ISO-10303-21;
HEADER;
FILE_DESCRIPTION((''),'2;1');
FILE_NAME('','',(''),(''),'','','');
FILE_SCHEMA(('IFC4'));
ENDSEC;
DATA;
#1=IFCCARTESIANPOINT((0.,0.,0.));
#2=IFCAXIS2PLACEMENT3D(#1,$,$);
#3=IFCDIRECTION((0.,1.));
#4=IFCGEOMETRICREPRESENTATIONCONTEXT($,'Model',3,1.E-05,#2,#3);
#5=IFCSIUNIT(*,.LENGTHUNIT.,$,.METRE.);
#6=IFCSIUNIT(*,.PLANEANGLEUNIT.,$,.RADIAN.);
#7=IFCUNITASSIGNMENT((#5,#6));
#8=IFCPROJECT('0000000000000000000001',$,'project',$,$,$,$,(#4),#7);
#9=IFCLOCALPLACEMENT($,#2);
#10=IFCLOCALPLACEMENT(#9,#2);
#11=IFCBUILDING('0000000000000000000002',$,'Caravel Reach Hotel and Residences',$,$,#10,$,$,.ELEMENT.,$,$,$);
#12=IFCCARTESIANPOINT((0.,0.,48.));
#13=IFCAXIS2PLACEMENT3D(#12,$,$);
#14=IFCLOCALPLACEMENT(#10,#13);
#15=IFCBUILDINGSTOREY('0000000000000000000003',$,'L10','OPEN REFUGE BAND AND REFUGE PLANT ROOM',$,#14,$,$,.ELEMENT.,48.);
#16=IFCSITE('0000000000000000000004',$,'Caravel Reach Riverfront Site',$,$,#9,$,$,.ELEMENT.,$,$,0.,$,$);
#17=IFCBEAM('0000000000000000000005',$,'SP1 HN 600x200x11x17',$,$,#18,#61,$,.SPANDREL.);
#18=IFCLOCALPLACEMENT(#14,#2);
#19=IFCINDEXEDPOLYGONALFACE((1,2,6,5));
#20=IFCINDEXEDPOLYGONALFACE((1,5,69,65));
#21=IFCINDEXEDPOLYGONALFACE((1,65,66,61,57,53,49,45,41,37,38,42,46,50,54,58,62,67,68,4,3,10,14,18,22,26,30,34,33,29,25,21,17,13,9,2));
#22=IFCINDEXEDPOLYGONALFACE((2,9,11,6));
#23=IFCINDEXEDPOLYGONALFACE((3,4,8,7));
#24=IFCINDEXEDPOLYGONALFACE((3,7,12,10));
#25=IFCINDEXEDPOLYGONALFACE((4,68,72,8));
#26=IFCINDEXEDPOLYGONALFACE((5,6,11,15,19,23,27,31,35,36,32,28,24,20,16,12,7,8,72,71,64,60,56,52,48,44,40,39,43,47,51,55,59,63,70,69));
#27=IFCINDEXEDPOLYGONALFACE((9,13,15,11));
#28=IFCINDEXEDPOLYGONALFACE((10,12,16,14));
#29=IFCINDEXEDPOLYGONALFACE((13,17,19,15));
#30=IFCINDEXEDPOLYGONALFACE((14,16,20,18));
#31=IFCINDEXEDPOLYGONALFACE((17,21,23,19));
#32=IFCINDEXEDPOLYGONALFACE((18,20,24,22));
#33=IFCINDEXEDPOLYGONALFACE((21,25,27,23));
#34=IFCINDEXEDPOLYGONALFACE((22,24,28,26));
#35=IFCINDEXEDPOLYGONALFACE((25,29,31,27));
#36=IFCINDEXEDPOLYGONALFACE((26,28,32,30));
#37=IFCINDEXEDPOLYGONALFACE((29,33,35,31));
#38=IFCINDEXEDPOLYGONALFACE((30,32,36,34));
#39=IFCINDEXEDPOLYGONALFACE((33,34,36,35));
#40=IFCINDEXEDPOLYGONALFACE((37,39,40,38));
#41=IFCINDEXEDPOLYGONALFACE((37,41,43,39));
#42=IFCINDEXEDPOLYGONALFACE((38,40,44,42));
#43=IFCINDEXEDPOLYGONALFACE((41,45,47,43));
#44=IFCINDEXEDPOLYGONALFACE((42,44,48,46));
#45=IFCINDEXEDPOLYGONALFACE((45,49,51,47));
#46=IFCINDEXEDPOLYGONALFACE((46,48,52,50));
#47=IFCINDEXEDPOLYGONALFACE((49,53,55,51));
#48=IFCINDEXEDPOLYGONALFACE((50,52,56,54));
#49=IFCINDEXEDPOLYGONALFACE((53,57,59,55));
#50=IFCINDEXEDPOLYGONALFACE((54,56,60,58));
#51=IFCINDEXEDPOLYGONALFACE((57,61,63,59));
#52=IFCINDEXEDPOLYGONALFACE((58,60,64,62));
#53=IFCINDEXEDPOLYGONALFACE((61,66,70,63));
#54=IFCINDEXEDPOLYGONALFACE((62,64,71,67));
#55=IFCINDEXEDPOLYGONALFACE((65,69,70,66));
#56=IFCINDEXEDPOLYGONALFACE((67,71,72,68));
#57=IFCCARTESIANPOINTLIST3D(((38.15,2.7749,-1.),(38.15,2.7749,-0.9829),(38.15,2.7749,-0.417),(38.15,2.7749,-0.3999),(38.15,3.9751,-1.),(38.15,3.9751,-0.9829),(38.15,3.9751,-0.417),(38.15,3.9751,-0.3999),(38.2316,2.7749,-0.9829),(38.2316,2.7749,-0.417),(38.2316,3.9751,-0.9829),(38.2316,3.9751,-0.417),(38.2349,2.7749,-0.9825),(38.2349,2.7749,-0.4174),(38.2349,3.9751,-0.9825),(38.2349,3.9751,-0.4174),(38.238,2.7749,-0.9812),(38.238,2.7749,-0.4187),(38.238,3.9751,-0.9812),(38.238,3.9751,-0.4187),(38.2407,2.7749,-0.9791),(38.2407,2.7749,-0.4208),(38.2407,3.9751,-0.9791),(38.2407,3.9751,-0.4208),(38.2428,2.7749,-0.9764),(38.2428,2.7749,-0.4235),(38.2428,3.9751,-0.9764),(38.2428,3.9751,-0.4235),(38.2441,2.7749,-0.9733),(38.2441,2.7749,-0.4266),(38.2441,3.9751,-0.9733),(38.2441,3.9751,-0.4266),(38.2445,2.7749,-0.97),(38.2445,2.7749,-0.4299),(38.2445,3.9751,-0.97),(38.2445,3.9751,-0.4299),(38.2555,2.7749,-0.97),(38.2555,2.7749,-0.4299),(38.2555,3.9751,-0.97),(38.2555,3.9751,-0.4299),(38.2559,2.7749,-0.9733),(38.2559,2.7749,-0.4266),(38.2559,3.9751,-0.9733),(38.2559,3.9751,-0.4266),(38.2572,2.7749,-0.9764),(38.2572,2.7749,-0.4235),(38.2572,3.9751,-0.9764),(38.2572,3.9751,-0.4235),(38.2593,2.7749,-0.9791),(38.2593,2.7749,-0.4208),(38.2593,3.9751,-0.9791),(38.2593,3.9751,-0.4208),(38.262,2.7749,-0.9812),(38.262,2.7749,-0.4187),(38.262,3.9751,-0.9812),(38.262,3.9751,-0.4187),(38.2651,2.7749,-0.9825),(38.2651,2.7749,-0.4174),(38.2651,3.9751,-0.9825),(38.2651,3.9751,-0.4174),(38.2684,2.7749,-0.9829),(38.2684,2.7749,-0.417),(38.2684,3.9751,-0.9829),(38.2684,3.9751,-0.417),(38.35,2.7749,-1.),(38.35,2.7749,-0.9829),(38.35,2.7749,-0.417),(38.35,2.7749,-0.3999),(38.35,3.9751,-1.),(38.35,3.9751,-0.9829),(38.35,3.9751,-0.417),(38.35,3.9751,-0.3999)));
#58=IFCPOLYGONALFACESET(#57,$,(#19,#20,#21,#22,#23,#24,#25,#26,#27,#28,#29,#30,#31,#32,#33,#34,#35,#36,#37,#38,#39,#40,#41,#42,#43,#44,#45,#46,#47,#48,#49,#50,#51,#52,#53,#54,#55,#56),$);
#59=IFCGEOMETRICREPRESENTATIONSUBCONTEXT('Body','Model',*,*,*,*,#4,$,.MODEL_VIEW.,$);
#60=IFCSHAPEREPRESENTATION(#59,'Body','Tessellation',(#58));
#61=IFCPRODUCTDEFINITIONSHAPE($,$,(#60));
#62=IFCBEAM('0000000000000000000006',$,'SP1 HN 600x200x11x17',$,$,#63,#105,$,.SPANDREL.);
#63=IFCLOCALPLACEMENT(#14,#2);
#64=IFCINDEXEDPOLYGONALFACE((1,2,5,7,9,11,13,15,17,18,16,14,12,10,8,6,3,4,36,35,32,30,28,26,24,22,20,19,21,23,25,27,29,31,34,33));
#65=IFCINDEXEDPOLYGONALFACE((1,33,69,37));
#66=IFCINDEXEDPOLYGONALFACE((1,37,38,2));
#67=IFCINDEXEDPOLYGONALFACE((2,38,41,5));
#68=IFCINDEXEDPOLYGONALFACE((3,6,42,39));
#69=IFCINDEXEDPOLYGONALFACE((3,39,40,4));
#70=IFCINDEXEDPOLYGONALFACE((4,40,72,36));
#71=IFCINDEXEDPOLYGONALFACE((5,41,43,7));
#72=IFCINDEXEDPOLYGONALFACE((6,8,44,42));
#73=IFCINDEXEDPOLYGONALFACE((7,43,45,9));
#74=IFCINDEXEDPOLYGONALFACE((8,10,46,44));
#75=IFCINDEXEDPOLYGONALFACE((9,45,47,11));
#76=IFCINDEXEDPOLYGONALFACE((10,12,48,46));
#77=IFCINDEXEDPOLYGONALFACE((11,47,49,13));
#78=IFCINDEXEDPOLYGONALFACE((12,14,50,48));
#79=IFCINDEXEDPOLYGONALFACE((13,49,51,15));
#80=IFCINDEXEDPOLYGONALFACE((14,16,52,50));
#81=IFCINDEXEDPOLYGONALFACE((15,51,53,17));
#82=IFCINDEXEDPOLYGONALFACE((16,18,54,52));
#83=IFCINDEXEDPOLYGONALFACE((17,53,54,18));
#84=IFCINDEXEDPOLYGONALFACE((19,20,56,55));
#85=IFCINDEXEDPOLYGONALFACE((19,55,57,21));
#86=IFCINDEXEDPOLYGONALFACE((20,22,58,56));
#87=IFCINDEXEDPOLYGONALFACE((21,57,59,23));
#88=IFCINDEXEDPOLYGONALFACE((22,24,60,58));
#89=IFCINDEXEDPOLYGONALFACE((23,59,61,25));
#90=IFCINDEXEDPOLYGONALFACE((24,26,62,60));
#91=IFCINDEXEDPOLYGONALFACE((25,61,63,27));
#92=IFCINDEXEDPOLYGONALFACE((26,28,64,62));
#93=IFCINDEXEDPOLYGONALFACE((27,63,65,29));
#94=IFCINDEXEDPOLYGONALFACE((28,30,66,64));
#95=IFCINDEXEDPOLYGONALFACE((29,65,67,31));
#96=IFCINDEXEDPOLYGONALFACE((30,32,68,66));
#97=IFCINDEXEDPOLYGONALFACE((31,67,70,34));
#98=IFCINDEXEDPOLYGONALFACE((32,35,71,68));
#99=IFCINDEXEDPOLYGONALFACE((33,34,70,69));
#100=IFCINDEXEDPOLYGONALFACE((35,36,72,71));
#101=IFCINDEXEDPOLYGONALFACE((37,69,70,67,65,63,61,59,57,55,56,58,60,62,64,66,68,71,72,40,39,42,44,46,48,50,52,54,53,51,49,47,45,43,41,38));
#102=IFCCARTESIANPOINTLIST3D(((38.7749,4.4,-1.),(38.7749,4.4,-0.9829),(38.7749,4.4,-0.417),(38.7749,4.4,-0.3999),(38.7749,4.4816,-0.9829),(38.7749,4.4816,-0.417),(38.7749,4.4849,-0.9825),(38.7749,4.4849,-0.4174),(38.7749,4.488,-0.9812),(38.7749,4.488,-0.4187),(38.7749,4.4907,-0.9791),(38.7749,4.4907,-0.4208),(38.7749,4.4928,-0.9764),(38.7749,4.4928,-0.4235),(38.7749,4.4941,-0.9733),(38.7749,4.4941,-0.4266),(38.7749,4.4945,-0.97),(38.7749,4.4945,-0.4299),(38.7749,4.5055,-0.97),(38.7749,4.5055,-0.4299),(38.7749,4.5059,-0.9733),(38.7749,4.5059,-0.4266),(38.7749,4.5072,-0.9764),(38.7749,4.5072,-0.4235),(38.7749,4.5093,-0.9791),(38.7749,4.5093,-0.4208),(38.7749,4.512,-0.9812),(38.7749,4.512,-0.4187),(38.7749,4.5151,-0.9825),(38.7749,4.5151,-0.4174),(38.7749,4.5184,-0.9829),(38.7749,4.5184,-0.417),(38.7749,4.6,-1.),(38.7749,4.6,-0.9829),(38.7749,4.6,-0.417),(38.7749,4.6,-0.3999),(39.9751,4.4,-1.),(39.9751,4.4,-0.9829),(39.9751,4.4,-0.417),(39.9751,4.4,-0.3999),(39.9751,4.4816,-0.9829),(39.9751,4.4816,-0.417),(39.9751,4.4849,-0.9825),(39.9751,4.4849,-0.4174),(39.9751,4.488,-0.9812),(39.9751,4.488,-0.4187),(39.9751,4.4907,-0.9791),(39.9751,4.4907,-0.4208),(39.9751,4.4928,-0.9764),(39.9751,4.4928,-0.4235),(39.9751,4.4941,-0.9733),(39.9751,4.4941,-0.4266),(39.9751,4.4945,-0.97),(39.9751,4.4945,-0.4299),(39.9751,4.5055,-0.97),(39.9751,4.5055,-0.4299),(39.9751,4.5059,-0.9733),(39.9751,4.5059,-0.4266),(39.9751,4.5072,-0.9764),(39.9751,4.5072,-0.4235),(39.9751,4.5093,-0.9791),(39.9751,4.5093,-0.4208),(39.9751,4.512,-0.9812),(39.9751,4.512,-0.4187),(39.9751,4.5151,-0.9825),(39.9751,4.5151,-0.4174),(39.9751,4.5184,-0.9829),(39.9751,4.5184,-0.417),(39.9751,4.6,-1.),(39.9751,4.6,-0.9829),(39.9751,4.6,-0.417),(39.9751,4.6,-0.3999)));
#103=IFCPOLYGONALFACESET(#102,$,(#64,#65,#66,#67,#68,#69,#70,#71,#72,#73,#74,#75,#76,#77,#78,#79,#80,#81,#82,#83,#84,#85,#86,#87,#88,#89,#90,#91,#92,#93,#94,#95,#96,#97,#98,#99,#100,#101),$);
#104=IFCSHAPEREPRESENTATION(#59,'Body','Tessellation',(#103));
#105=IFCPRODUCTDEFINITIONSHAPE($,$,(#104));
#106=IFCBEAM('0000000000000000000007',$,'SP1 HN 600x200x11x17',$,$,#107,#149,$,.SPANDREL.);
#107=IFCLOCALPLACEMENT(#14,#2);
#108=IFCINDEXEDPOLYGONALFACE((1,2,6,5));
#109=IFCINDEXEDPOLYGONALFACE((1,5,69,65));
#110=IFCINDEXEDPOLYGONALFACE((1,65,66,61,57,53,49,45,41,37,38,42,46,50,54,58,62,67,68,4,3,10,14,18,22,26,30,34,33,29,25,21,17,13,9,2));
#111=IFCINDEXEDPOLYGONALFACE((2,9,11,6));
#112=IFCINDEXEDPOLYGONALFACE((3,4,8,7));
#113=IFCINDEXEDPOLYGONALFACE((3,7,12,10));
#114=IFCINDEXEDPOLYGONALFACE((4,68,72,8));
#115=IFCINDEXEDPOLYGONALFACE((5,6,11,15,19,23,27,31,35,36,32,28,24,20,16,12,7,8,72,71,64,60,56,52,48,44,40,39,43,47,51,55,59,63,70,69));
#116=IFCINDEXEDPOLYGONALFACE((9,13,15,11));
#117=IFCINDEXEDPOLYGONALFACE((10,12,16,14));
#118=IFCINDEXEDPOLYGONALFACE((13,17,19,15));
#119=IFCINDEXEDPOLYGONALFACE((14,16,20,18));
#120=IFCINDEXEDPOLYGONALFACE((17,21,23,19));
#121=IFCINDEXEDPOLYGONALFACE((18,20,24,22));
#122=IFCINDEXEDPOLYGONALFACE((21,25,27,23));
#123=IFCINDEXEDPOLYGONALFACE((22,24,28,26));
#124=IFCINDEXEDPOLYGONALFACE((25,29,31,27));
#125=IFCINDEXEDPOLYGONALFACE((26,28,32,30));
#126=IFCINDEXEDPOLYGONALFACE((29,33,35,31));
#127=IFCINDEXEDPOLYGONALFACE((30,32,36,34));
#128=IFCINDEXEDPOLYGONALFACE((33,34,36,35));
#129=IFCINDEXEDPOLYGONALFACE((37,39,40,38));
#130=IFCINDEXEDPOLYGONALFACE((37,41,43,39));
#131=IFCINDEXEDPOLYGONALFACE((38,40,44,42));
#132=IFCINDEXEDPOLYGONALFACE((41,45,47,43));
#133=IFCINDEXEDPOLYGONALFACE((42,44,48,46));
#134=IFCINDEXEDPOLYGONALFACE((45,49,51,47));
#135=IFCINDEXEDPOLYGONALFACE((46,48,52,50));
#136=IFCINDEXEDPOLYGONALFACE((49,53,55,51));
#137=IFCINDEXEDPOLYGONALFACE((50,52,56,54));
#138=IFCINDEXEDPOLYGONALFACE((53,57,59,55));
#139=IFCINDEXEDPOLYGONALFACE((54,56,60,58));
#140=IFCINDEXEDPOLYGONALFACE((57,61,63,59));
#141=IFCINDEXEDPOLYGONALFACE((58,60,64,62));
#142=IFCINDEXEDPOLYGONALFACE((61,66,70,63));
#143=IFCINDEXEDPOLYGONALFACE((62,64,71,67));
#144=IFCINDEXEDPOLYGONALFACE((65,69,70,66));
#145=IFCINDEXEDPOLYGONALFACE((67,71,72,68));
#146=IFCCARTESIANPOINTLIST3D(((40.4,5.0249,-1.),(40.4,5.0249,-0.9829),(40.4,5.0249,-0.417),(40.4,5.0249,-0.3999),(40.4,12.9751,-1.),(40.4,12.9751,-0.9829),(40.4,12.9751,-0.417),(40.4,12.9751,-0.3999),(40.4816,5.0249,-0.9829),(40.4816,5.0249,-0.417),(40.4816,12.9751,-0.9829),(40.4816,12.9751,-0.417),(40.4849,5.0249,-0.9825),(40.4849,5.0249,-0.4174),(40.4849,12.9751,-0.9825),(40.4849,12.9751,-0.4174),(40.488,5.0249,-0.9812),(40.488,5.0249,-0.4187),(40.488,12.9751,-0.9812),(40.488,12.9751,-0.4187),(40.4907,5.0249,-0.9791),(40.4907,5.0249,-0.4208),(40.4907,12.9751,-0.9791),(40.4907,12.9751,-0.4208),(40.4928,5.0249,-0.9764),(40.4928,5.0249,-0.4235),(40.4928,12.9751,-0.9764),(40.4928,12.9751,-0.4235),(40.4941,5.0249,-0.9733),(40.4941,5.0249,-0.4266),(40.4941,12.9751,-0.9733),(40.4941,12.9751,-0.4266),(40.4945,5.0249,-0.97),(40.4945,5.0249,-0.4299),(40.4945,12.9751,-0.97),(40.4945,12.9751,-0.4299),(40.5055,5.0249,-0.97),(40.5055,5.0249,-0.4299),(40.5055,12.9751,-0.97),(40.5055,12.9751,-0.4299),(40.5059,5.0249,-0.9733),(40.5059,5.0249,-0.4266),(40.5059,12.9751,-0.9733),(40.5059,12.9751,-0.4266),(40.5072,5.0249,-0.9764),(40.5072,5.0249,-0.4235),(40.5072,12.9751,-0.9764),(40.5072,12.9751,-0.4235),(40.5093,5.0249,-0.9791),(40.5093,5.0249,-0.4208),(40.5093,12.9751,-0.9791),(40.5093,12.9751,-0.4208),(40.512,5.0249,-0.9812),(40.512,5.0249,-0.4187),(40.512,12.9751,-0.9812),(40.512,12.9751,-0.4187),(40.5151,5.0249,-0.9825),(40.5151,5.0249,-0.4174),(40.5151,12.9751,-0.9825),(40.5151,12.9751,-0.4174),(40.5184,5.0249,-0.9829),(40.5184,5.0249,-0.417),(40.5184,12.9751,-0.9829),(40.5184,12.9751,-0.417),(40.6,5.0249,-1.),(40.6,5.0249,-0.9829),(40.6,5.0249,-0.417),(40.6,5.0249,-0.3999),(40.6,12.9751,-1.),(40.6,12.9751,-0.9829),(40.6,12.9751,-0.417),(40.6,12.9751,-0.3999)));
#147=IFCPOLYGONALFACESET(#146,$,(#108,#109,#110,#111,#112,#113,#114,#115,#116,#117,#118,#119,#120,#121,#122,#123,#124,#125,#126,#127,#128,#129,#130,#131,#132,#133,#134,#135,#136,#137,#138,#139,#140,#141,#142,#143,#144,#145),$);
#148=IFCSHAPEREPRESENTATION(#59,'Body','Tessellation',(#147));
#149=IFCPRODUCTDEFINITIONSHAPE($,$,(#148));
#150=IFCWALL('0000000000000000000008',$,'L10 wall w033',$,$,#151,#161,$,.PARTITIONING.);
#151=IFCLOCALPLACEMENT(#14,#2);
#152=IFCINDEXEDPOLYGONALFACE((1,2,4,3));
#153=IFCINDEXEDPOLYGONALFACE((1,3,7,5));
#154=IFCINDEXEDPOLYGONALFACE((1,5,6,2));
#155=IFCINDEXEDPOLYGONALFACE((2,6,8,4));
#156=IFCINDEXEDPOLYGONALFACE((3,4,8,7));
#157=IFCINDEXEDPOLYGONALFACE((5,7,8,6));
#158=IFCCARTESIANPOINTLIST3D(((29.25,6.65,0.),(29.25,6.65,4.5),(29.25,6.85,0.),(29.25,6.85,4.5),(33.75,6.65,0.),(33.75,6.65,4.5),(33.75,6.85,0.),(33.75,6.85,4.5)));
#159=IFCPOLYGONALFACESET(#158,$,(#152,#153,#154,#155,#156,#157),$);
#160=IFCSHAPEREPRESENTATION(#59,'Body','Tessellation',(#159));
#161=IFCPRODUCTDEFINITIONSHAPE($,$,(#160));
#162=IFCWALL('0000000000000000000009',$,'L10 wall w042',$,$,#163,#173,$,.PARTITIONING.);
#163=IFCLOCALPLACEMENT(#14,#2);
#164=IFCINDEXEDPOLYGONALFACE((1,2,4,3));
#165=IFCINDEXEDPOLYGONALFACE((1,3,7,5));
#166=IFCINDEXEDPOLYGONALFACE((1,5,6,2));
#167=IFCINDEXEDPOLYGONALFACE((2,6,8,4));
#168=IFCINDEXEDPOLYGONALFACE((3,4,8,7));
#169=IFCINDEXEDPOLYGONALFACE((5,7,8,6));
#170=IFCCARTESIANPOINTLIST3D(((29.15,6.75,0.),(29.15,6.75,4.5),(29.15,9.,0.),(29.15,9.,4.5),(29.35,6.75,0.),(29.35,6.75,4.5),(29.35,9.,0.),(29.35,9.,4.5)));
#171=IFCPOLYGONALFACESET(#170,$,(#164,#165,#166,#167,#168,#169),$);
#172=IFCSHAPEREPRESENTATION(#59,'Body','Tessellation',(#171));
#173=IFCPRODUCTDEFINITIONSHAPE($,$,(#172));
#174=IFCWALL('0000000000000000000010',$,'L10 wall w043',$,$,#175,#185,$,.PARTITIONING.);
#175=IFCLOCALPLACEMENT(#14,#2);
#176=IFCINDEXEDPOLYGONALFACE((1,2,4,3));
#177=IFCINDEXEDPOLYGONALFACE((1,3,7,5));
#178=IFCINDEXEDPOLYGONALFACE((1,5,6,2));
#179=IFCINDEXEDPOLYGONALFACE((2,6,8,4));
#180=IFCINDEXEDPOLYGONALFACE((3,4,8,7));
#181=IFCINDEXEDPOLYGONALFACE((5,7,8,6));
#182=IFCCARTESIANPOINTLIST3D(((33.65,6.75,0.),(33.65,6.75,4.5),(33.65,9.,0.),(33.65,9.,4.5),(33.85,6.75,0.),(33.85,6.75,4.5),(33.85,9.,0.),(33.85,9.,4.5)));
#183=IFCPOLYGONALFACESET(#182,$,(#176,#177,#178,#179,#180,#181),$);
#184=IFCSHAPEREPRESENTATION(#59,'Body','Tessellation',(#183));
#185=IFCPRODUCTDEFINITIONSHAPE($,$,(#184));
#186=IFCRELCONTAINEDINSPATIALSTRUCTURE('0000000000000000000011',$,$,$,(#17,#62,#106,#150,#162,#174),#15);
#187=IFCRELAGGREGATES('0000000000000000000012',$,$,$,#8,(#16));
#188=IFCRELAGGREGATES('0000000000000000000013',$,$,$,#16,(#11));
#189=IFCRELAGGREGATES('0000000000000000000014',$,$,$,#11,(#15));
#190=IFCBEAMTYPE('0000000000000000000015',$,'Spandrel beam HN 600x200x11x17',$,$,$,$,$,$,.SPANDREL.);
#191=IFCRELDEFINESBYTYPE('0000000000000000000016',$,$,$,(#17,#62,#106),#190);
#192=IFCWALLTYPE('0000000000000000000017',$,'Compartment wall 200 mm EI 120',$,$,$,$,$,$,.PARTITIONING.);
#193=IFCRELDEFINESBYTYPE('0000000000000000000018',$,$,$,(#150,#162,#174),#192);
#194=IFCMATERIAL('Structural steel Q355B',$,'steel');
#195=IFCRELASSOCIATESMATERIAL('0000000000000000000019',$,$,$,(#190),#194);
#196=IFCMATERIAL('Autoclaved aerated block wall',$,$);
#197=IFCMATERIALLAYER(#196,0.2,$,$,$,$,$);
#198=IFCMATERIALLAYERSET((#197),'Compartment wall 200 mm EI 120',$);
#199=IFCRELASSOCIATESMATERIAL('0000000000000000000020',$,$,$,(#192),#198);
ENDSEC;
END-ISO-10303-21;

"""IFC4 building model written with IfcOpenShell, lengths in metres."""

from ifc_helpers import new_model, si_unit, direction, frame, frame_2d, origin, origin_2d, place, context, subcontext, project, spatial, rectangle, i_section, extrude, material, layer, layer_set, material_profile, profile_set, type_object, element, save


model = new_model("IFC4")

# Units and contexts
model_context = context("Model", 3, precision=1e-05, world=origin(), true_north=direction((0.0, 1.0)))
body_context = subcontext(model_context, "Body", "Model", "MODEL_VIEW")
ifc_project = project(units=[si_unit("LENGTHUNIT", "METRE"), si_unit("PLANEANGLEUNIT", "RADIAN")], contexts=[model_context])

# Site, building, storey
site_placement = place(None, origin())
site = spatial("IfcSite", under=ifc_project, at=site_placement, Name="Caravel Reach Riverfront Site", CompositionType="ELEMENT", RefElevation=0.0)
building_placement = place(site_placement, origin())
building = spatial("IfcBuilding", under=site, at=building_placement, Name="Caravel Reach Hotel and Residences", CompositionType="ELEMENT")
storey_placement = place(building_placement, frame((0.0, 0.0, 48.0)))
storey = spatial("IfcBuildingStorey", under=building, at=storey_placement, Name="L10", Description="OPEN REFUGE BAND AND REFUGE PLANT ROOM", CompositionType="ELEMENT", Elevation=48.0)

# Beams
ifc_material_1 = material(Name="Structural steel Q355B", Category="steel")
ifc_material_profile_1 = material_profile(ifc_material_1, i_section(OverallWidth=0.2, OverallDepth=0.6001, WebThickness=0.011, FlangeThickness=0.0171, FilletRadius=0.0129, at=origin_2d()), Name="HN 600x200x11x17")
ifc_profile_set_1 = profile_set([ifc_material_profile_1], Name="Structural steel Q355B")
beam_type = type_object("IfcBeamType", Name="Spandrel beam HN 600x200x11x17", PredefinedType="SPANDREL", material=ifc_profile_set_1)
for number, where, z_axis, x_axis, name in (
    (1, (38.25, 2.7749, -0.7), (0.0, 1.0, 0.0), (-1.0, 0.0, 0.0), "SP1 HN 600x200x11x17"),
    (2, (38.7749, 4.5, -0.7), (1.0, 0.0, 0.0), (0.0, 1.0, 0.0), "SP1 HN 600x200x11x17"),
):
    element("IfcBeam", number, at=place(storey_placement, frame(where, z_axis=z_axis, x_axis=x_axis)), inside=storey, type_object=beam_type, Name=name, PredefinedType="SPANDREL", context=body_context, shape_type="SweptSolid", body=[
        extrude(i_section(OverallWidth=0.2, OverallDepth=0.6001, WebThickness=0.011, FlangeThickness=0.0171, FilletRadius=0.0129, at=origin_2d()), origin(), (0.0, 0.0, 1.0), 1.2002),
    ])
beam_placement = place(storey_placement, frame((40.5, 5.0249, -0.7), z_axis=(0.0, 1.0, 0.0), x_axis=(-1.0, 0.0, 0.0)))
element("IfcBeam", 3, at=beam_placement, inside=storey, type_object=beam_type, Name="SP1 HN 600x200x11x17", PredefinedType="SPANDREL", context=body_context, shape_type="SweptSolid", body=[
    extrude(i_section(OverallWidth=0.2, OverallDepth=0.6001, WebThickness=0.011, FlangeThickness=0.0171, FilletRadius=0.0129, at=origin_2d()), origin(), (0.0, 0.0, 1.0), 7.9502),
])

# Walls
ifc_material_2 = material(Name="Autoclaved aerated block wall")
ifc_layer = layer(ifc_material_2, 0.2)
ifc_layer_set = layer_set([ifc_layer], Name="Compartment wall 200 mm EI 120")
wall_type = type_object("IfcWallType", Name="Compartment wall 200 mm EI 120", PredefinedType="PARTITIONING", material=ifc_layer_set)
wall_placement = place(storey_placement, frame((29.25, 6.75, 0.0), z_axis=(0.0, 0.0, 1.0), x_axis=(1.0, 0.0, 0.0)))
element("IfcWall", 4, at=wall_placement, inside=storey, type_object=wall_type, Name="L10 wall w033", PredefinedType="PARTITIONING", context=body_context, shape_type="SweptSolid", body=[
    extrude(rectangle(XDim=4.5, YDim=0.2, at=frame_2d((2.25, 0.0))), origin(), (0.0, 0.0, 1.0), 4.5),
])
for number, where, z_axis, x_axis, name in (
    (5, (29.25, 6.75, 0.0), (0.0, 0.0, 1.0), (0.0, 1.0, 0.0), "L10 wall w042"),
    (6, (33.75, 6.75, 0.0), (0.0, 0.0, 1.0), (0.0, 1.0, 0.0), "L10 wall w043"),
):
    element("IfcWall", number, at=place(storey_placement, frame(where, z_axis=z_axis, x_axis=x_axis)), inside=storey, type_object=wall_type, Name=name, PredefinedType="PARTITIONING", context=body_context, shape_type="SweptSolid", body=[
        extrude(rectangle(XDim=2.25, YDim=0.2, at=frame_2d((1.125, 0.0))), origin(), (0.0, 0.0, 1.0), 4.5),
    ])

save(model, "model.ifc")
